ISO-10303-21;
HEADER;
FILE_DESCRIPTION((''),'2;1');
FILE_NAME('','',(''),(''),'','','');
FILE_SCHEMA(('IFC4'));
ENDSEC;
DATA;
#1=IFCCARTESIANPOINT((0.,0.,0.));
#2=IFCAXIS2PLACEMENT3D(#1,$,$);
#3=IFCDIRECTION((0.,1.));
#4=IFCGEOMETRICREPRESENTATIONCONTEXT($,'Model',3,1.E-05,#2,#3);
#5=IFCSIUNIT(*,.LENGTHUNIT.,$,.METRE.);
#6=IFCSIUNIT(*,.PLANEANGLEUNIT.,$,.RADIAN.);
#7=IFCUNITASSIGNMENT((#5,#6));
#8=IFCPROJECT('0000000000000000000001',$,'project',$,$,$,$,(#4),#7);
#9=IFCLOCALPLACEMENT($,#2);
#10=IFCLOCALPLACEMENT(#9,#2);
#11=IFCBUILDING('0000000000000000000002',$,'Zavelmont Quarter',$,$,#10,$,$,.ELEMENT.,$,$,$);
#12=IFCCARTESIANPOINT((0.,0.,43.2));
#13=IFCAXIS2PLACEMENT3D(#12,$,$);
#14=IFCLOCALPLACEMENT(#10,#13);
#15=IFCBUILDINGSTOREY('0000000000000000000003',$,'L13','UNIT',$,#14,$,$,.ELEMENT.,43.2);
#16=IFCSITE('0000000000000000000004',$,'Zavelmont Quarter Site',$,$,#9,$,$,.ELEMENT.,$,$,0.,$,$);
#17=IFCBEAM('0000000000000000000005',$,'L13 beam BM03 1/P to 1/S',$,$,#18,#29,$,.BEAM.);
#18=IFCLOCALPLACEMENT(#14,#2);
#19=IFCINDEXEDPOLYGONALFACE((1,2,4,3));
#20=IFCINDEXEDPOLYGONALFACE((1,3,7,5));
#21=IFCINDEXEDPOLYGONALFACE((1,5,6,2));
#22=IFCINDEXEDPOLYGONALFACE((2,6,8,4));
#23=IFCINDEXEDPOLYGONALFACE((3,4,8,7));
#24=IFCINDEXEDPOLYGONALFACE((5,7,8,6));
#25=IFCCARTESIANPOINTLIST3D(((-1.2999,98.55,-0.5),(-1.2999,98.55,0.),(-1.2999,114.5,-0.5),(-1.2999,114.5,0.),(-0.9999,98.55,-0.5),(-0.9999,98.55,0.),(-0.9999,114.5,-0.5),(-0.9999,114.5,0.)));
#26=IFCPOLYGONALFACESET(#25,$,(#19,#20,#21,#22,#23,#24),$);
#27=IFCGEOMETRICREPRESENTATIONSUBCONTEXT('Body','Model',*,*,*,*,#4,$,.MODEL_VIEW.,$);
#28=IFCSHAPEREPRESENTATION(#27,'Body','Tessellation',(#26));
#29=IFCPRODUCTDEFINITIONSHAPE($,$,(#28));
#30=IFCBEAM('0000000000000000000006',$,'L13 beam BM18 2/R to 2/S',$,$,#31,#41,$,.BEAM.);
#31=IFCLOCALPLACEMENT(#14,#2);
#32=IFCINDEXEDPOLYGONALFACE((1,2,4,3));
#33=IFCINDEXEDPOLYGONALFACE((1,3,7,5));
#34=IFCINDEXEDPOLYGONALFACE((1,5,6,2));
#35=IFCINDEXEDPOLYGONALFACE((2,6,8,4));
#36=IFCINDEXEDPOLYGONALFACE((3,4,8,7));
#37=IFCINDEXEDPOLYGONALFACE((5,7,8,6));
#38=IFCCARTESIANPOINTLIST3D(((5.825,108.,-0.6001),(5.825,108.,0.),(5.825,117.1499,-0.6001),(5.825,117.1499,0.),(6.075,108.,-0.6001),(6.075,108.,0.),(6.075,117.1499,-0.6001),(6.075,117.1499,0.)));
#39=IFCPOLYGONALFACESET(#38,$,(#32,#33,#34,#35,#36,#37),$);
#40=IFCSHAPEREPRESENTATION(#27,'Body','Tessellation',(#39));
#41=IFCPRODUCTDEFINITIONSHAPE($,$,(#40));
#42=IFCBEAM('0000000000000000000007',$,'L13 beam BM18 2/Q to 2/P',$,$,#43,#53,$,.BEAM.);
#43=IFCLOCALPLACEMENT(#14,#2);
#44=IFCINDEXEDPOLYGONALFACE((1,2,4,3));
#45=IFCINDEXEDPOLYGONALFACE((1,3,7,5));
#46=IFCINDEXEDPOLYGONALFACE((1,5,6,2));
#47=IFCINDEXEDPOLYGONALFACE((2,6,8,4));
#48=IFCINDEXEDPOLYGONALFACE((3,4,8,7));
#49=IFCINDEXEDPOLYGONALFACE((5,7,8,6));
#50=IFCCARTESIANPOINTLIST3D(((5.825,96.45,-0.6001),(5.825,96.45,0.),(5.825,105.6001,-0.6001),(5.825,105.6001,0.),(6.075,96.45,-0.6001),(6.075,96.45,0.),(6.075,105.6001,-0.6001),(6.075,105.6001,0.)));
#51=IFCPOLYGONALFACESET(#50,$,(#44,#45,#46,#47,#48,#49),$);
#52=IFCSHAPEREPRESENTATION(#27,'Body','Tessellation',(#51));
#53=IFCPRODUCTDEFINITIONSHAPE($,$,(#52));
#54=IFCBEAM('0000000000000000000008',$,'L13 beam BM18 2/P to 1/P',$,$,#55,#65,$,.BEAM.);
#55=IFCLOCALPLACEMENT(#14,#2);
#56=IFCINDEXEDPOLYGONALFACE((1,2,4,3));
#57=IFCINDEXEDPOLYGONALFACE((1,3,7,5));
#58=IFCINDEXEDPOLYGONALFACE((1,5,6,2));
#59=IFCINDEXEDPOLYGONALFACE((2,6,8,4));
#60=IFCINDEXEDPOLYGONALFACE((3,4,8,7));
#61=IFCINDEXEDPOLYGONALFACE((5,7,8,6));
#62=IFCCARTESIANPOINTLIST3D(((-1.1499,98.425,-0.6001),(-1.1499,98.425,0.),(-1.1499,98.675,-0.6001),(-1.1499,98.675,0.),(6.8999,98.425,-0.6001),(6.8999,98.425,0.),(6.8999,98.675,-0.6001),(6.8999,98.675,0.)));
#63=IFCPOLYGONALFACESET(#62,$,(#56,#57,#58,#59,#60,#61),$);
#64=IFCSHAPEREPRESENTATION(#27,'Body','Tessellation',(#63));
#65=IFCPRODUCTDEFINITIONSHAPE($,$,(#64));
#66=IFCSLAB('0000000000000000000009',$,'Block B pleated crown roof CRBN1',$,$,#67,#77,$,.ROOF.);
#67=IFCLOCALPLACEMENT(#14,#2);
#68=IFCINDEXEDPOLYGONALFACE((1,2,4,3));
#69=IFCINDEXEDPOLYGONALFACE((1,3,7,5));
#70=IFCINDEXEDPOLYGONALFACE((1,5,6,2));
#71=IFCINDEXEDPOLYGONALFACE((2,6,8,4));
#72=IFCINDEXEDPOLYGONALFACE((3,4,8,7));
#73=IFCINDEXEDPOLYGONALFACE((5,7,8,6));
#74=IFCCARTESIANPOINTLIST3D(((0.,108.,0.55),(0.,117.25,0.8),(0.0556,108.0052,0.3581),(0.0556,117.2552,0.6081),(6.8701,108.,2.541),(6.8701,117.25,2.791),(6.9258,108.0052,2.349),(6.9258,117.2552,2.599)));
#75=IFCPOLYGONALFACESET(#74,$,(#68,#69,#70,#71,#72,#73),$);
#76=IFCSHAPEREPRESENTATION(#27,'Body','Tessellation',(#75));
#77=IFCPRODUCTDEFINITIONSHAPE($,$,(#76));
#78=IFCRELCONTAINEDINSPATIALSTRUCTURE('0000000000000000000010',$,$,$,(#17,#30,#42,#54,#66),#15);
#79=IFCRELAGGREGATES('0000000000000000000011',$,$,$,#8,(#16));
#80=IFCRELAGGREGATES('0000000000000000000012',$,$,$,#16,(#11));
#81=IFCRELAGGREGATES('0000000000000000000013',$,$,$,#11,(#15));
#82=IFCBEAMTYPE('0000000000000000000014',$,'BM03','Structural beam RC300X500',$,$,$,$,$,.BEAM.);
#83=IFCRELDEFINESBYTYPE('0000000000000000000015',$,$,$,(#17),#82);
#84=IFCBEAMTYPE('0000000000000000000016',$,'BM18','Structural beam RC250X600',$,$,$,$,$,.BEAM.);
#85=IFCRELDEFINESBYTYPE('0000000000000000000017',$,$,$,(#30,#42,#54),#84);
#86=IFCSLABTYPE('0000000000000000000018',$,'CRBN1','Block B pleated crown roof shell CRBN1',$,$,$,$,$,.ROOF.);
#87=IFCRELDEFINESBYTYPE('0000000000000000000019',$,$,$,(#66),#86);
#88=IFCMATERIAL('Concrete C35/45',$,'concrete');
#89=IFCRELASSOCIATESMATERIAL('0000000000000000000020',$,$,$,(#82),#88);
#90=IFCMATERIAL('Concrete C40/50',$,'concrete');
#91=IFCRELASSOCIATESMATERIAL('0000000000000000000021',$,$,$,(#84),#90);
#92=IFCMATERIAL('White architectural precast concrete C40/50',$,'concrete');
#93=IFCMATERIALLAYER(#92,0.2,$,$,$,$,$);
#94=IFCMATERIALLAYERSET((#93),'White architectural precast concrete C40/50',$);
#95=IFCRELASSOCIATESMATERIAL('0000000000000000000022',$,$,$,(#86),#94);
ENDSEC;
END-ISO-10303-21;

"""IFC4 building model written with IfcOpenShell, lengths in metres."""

from ifc_helpers import new_model, si_unit, direction, frame, origin, origin_2d, place, context, subcontext, project, spatial, polyline, rectangle, outline, extrude, material, layer, layer_set, material_profile, profile_set, type_object, element, save


model = new_model("IFC4")

# Units and contexts
model_context = context("Model", 3, precision=1e-05, world=origin(), true_north=direction((0.0, 1.0)))
body_context = subcontext(model_context, "Body", "Model", "MODEL_VIEW")
ifc_project = project(units=[si_unit("LENGTHUNIT", "METRE"), si_unit("PLANEANGLEUNIT", "RADIAN")], contexts=[model_context])

# Site, building, storey
site_placement = place(None, origin())
site = spatial("IfcSite", under=ifc_project, at=site_placement, Name="Zavelmont Quarter Site", CompositionType="ELEMENT", RefElevation=0.0)
building_placement = place(site_placement, origin())
building = spatial("IfcBuilding", under=site, at=building_placement, Name="Zavelmont Quarter", CompositionType="ELEMENT")
storey_placement = place(building_placement, frame((0.0, 0.0, 43.2)))
storey = spatial("IfcBuildingStorey", under=building, at=storey_placement, Name="L13", Description="UNIT", CompositionType="ELEMENT", Elevation=43.2)

# Shared definitions
ifc_material_1 = material(Name="Concrete C35/45", Category="concrete")

# Beams
ifc_material_profile_1 = material_profile(ifc_material_1, rectangle(XDim=0.3, YDim=0.5, at=origin_2d()), Name="RC300X500")
ifc_profile_set_1 = profile_set([ifc_material_profile_1], Name="Concrete C35/45")
beam_type_1 = type_object("IfcBeamType", Name="BM03", Description="Structural beam RC300X500", PredefinedType="BEAM", material=ifc_profile_set_1)
beam_1_placement = place(storey_placement, frame((-1.1499, 98.55, -0.25), z_axis=(0.0, 1.0, 0.0), x_axis=(-1.0, 0.0, 0.0)))
element("IfcBeam", 1, at=beam_1_placement, inside=storey, type_object=beam_type_1, Name="L13 beam BM03 1/P to 1/S", PredefinedType="BEAM", context=body_context, shape_type="SweptSolid", body=[
    extrude(rectangle(XDim=0.3, YDim=0.5, at=origin_2d()), origin(), (0.0, 0.0, 1.0), 15.95),
])
ifc_material_2 = material(Name="Concrete C40/50", Category="concrete")
ifc_material_profile_2 = material_profile(ifc_material_2, rectangle(XDim=0.25, YDim=0.6001, at=origin_2d()), Name="RC250X600")
ifc_profile_set_2 = profile_set([ifc_material_profile_2], Name="Concrete C40/50")
beam_type_2 = type_object("IfcBeamType", Name="BM18", Description="Structural beam RC250X600", PredefinedType="BEAM", material=ifc_profile_set_2)
beam_2_placement = place(storey_placement, frame((5.95, 108.0, -0.3), z_axis=(0.0, 1.0, 0.0), x_axis=(-1.0, 0.0, 0.0)))
element("IfcBeam", 2, at=beam_2_placement, inside=storey, type_object=beam_type_2, Name="L13 beam BM18 2/R to 2/S", PredefinedType="BEAM", context=body_context, shape_type="SweptSolid", body=[
    extrude(rectangle(XDim=0.25, YDim=0.6001, at=origin_2d()), origin(), (0.0, 0.0, 1.0), 9.1499),
])
beam_3_placement = place(storey_placement, frame((5.95, 105.6001, -0.3), z_axis=(0.0, -1.0, 0.0), x_axis=(1.0, 0.0, 0.0)))
element("IfcBeam", 3, at=beam_3_placement, inside=storey, type_object=beam_type_2, Name="L13 beam BM18 2/Q to 2/P", PredefinedType="BEAM", context=body_context, shape_type="SweptSolid", body=[
    extrude(rectangle(XDim=0.25, YDim=0.6001, at=origin_2d()), origin(), (0.0, 0.0, 1.0), 9.1501),
])
beam_4_placement = place(storey_placement, frame((6.8999, 98.55, -0.3), z_axis=(-1.0, 0.0, 0.0), x_axis=(0.0, -1.0, 0.0)))
element("IfcBeam", 4, at=beam_4_placement, inside=storey, type_object=beam_type_2, Name="L13 beam BM18 2/P to 1/P", PredefinedType="BEAM", context=body_context, shape_type="SweptSolid", body=[
    extrude(rectangle(XDim=0.25, YDim=0.6001, at=origin_2d()), origin(), (0.0, 0.0, 1.0), 8.0498),
])

# Slab
ifc_material_3 = material(Name="White architectural precast concrete C40/50", Category="concrete")
ifc_layer = layer(ifc_material_3, 0.2)
ifc_layer_set = layer_set([ifc_layer], Name="White architectural precast concrete C40/50")
slab_type = type_object("IfcSlabType", Name="CRBN1", Description="Block B pleated crown roof shell CRBN1", PredefinedType="ROOF", material=ifc_layer_set)
slab_placement = place(storey_placement, frame((0.0, 108.0, 0.55), z_axis=(-0.278254, -0.02595, 0.960157), x_axis=(0.96048, 0.0, 0.278348)))
element("IfcSlab", 5, at=slab_placement, inside=storey, type_object=slab_type, Name="Block B pleated crown roof CRBN1", PredefinedType="ROOF", context=body_context, shape_type="SweptSolid", body=[
    extrude(outline(polyline([(0.0, 0.0), (7.1528, 0.0), (7.2224, 9.2531), (0.0696, 9.2531), (0.0, 0.0)])), origin(), (0.0, 0.0, -1.0), 0.2),
])

save(model, "model.ifc")
